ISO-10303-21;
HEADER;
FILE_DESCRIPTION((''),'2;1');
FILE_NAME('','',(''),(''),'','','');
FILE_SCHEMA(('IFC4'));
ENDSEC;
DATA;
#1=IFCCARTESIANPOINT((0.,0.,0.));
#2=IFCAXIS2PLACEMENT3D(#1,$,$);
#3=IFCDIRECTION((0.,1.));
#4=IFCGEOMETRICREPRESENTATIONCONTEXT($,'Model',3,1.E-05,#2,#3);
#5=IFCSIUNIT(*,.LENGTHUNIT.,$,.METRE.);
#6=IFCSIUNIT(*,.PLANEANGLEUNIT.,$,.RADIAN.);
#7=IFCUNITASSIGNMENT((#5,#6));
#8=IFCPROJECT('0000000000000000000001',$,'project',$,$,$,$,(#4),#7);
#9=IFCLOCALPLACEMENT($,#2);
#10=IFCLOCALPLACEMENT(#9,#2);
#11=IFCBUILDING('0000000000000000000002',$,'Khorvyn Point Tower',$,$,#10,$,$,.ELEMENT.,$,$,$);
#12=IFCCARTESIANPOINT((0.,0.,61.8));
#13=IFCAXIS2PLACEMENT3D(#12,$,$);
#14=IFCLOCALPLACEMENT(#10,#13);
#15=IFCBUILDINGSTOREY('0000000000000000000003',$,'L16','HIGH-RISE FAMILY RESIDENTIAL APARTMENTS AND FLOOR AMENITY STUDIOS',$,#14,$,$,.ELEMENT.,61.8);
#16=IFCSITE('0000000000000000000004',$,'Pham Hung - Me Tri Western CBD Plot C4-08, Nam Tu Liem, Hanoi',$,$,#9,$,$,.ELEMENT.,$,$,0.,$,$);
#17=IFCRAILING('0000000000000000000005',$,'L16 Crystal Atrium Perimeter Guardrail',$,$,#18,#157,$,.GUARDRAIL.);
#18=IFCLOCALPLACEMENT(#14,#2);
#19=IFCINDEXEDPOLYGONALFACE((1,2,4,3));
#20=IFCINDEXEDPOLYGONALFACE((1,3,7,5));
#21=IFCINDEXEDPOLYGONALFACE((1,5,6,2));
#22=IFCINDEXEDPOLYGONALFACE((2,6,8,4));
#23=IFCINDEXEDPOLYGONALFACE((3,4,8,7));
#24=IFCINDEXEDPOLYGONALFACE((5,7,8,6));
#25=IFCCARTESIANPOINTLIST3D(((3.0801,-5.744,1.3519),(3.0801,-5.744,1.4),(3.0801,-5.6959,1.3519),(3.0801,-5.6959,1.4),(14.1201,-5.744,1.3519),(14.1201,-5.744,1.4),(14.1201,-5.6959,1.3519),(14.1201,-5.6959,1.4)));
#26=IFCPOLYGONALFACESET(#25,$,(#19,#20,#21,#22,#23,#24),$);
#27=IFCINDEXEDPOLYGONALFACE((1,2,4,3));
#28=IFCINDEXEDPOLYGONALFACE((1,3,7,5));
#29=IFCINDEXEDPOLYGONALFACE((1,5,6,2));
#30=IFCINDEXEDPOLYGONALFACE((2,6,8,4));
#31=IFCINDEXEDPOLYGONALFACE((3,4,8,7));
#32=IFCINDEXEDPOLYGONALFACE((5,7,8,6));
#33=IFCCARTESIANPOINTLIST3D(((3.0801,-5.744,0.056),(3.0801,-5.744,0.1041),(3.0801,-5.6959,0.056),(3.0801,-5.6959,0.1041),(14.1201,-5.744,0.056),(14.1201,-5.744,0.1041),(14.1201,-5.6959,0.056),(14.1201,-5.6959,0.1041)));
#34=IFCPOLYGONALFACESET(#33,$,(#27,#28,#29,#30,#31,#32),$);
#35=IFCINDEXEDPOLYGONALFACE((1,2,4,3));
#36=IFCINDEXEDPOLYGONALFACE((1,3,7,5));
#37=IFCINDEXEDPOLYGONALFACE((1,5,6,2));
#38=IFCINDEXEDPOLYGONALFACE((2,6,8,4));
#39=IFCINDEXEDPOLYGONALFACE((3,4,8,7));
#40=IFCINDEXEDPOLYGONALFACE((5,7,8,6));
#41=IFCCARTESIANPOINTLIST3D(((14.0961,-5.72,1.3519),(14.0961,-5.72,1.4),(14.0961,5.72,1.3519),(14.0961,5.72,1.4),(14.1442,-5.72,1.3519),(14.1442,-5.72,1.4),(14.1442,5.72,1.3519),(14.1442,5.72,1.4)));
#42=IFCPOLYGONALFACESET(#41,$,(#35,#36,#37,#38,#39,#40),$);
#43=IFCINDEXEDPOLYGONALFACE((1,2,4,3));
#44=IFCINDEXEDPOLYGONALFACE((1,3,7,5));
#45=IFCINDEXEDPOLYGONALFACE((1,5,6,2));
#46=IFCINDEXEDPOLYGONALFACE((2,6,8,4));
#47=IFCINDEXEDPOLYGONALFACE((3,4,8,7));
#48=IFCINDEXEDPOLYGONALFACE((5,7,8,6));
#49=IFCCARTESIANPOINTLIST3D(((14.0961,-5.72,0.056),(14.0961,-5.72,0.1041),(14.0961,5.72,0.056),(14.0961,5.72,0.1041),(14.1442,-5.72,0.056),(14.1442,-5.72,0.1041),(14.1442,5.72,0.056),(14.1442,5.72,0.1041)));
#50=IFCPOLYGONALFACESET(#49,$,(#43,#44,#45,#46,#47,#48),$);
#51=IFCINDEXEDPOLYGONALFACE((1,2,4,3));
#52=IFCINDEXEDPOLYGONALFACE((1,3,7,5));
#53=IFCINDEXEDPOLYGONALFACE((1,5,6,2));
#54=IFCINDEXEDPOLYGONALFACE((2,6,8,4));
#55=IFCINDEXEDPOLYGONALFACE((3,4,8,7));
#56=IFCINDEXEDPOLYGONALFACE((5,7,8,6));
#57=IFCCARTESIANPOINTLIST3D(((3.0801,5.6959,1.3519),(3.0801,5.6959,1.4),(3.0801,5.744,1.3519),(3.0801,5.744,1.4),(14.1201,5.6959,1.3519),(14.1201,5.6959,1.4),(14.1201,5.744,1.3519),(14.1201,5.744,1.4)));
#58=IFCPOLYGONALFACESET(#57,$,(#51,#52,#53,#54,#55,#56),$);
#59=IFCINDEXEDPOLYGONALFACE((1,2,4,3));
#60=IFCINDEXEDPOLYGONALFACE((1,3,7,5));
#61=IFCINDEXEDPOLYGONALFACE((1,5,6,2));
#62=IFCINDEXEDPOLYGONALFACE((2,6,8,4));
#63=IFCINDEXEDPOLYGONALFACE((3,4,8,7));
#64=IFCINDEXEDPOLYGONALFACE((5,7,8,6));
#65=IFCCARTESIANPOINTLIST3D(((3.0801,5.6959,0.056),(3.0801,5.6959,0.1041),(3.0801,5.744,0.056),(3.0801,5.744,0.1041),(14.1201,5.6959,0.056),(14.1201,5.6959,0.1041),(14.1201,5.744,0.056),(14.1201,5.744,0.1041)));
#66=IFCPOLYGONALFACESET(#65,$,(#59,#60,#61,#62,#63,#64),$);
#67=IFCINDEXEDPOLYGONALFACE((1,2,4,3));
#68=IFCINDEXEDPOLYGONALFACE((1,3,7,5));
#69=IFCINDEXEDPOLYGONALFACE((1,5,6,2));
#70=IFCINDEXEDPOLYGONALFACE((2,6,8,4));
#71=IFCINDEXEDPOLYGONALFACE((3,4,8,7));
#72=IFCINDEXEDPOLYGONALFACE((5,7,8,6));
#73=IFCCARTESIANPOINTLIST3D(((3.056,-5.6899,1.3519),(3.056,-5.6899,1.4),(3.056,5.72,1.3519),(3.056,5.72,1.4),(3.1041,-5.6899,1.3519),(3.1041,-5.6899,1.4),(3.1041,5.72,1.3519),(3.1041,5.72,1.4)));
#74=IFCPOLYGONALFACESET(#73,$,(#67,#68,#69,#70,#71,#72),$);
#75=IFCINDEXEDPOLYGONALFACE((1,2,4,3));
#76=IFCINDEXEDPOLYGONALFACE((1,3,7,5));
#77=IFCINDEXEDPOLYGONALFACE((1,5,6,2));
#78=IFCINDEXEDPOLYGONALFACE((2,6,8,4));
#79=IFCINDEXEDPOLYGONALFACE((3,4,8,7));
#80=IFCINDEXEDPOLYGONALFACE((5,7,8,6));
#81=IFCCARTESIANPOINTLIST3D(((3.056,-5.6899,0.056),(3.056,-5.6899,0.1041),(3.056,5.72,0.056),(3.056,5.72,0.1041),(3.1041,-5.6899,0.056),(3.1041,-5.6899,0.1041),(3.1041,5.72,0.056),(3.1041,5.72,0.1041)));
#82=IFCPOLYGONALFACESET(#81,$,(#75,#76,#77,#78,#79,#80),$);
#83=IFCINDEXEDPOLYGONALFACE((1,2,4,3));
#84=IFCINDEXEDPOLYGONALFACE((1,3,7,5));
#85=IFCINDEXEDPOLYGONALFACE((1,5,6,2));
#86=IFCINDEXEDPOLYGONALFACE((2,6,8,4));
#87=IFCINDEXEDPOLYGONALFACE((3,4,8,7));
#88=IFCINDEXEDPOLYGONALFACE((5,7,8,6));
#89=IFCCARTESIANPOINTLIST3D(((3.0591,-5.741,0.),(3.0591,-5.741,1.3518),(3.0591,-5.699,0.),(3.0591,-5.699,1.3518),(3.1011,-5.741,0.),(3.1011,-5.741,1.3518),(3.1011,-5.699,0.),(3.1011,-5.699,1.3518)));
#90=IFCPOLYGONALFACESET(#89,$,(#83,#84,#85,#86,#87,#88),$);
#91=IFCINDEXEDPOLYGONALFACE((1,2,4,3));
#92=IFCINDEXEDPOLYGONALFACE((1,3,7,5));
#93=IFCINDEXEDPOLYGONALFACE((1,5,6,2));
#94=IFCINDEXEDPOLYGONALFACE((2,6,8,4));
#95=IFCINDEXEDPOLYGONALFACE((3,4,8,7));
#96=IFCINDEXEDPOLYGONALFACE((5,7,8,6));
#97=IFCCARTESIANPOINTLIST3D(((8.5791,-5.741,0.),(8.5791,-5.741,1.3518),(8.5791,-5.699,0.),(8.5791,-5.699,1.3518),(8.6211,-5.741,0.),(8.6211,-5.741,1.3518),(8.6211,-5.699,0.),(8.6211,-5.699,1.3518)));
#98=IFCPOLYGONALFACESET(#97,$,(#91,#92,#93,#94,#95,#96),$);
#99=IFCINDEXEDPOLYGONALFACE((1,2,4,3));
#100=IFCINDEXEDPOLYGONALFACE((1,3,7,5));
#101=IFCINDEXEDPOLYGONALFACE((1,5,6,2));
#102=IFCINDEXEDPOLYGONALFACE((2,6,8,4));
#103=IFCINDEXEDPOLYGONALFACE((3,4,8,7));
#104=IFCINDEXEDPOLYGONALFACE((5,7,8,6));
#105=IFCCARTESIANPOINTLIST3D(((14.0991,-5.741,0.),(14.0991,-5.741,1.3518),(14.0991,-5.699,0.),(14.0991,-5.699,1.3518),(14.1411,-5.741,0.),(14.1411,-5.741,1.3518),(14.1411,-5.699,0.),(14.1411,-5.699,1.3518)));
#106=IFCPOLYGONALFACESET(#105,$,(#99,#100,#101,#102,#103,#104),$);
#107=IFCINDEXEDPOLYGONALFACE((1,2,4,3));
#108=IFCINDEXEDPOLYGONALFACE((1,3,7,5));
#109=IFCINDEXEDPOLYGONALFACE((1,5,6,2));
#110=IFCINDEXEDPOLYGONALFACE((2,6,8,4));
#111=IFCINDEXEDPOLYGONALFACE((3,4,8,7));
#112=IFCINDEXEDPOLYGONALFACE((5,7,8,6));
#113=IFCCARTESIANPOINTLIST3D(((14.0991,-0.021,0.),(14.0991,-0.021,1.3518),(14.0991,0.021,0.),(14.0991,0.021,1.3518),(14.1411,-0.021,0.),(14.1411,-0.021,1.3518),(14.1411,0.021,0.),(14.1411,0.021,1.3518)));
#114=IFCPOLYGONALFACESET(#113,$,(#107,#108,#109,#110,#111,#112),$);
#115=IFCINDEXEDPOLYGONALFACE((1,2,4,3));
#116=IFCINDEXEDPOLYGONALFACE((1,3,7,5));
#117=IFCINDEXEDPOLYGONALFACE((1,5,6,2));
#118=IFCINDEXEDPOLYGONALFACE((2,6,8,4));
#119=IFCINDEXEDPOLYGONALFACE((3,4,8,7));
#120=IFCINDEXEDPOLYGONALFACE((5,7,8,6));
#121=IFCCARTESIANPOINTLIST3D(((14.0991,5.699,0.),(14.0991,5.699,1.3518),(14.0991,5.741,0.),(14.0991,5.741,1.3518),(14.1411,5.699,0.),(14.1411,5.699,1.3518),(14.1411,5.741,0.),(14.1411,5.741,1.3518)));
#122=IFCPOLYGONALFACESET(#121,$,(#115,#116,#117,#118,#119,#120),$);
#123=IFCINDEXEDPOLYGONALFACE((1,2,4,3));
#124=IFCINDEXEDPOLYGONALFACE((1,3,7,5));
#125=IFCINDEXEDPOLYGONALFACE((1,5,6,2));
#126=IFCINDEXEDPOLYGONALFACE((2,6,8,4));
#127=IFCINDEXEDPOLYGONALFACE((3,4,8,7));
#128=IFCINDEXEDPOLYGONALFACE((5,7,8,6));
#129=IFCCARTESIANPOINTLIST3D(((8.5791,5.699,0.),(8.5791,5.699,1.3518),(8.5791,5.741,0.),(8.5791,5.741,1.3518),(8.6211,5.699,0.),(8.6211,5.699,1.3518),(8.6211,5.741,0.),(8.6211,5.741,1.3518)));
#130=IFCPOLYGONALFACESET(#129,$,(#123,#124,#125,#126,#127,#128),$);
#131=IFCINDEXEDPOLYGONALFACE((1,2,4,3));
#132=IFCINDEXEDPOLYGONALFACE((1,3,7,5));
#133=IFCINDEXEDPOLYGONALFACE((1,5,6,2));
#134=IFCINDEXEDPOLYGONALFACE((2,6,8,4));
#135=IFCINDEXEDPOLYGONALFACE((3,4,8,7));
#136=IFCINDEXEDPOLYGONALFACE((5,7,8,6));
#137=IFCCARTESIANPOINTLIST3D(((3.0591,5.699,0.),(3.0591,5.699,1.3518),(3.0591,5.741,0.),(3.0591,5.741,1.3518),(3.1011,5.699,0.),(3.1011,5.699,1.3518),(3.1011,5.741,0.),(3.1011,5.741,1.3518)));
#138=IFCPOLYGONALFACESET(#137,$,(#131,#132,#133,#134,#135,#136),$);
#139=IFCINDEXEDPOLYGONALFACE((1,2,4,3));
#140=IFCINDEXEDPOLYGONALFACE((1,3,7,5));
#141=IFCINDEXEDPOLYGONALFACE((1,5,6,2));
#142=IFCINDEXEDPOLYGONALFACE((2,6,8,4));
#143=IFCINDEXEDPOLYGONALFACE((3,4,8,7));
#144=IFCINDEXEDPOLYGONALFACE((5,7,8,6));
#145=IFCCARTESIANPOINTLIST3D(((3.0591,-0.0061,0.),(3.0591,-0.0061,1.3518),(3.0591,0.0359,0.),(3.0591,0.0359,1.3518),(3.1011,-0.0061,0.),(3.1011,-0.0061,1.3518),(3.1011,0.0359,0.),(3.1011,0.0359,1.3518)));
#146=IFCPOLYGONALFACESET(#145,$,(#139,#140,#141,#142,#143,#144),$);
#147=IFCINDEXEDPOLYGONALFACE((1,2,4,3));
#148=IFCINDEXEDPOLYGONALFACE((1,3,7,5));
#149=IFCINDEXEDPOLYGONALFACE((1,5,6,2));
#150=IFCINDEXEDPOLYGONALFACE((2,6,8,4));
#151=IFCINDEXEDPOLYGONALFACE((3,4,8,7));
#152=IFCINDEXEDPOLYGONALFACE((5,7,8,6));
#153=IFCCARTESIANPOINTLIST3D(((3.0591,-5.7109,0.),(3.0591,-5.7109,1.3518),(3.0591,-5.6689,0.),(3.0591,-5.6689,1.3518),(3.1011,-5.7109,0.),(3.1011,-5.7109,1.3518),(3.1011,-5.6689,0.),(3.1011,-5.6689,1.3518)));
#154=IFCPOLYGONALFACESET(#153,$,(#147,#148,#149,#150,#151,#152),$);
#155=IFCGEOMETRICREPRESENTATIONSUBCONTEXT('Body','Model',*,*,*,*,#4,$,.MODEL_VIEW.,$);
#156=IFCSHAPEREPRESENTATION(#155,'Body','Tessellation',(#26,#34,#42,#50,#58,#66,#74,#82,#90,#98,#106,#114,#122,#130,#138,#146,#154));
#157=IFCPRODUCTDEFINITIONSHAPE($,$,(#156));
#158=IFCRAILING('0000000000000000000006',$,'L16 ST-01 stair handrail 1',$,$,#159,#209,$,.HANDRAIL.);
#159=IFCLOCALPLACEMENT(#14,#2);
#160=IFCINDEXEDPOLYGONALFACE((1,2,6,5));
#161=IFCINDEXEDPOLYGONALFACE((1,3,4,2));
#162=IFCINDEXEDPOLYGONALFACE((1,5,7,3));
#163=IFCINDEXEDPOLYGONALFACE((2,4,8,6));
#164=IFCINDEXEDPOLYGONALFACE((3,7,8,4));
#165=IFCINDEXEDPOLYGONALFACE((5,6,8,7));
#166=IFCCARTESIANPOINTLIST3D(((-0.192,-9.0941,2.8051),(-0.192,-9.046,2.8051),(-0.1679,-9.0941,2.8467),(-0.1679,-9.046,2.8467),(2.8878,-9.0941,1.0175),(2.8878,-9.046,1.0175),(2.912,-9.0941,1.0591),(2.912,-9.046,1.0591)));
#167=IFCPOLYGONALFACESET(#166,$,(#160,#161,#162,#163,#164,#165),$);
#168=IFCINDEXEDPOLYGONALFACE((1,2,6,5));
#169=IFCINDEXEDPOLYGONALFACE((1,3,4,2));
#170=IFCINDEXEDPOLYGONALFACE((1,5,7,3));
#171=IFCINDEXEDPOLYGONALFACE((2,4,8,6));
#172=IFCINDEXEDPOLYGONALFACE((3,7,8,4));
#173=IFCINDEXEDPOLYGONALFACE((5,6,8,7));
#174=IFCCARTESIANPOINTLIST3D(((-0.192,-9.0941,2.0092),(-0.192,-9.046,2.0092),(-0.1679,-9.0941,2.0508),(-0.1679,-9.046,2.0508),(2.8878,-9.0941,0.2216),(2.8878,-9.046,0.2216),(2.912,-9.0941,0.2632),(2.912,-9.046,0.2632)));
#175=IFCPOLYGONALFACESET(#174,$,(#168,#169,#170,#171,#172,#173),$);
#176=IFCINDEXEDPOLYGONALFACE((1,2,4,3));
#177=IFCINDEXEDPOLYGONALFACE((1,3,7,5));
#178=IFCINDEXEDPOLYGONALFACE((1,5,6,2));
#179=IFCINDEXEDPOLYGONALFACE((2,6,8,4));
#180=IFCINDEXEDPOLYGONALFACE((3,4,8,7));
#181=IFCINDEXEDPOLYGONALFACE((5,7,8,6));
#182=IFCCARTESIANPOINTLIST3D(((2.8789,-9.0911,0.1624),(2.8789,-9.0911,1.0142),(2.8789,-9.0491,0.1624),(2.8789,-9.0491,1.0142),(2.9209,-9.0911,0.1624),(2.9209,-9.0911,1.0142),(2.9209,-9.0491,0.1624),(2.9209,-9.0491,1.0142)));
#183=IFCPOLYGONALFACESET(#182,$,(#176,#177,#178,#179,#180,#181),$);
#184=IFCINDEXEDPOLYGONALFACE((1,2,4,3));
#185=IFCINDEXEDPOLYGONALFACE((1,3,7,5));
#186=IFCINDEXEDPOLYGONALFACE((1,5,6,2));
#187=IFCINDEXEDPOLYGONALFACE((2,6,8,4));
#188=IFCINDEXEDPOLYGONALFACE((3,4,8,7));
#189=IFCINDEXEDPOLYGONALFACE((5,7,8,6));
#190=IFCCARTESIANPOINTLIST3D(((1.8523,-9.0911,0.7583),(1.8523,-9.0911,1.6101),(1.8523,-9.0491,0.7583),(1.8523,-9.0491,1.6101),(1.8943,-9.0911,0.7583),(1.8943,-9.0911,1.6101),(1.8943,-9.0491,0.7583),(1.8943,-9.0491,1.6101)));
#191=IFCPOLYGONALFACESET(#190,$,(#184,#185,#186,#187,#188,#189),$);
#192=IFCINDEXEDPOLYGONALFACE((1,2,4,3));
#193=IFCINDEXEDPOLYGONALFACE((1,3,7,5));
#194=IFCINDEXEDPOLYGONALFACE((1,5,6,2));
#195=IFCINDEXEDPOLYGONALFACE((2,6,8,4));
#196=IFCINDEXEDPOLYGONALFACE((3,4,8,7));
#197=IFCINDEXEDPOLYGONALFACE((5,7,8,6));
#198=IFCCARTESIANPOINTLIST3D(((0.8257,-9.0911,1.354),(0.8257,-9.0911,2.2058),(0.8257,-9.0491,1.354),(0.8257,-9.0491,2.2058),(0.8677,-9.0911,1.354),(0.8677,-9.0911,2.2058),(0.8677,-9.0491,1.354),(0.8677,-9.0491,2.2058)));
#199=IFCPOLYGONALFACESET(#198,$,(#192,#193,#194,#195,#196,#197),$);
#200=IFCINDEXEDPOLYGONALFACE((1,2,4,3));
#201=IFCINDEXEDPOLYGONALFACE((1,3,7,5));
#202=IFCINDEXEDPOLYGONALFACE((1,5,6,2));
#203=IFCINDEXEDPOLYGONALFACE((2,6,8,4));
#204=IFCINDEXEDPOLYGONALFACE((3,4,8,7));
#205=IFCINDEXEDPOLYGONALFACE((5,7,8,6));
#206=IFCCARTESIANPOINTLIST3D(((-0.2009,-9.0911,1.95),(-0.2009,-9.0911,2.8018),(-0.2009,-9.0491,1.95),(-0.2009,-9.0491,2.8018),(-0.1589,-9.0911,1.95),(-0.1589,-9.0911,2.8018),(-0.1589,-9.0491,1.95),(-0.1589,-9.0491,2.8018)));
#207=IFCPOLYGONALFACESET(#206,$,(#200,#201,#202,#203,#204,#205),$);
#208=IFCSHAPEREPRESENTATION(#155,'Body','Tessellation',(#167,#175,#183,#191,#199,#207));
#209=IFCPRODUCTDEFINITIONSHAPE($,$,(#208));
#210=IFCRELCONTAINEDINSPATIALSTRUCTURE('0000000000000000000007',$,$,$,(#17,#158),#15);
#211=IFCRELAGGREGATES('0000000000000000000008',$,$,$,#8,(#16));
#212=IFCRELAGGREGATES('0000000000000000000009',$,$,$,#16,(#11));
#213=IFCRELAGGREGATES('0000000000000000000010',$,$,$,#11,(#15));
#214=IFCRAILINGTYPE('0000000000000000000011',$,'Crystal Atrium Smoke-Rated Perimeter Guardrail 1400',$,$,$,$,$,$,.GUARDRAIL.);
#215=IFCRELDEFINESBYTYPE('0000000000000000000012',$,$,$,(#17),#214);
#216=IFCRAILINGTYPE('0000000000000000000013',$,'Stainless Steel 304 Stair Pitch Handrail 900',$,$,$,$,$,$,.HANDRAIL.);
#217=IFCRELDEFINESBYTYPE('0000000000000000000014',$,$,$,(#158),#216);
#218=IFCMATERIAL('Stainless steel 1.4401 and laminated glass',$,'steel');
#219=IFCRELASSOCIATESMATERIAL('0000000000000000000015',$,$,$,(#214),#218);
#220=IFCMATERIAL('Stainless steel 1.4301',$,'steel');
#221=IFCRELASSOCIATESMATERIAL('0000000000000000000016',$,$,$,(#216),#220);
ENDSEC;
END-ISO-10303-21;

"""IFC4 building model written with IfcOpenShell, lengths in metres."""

from ifc_helpers import new_model, si_unit, direction, frame, origin, origin_2d, place, context, subcontext, project, spatial, rectangle, extrude, material, type_object, element, save


model = new_model("IFC4")

# Units and contexts
model_context = context("Model", 3, precision=1e-05, world=origin(), true_north=direction((0.0, 1.0)))
body_context = subcontext(model_context, "Body", "Model", "MODEL_VIEW")
ifc_project = project(units=[si_unit("LENGTHUNIT", "METRE"), si_unit("PLANEANGLEUNIT", "RADIAN")], contexts=[model_context])

# Site, building, storey
site_placement = place(None, origin())
site = spatial("IfcSite", under=ifc_project, at=site_placement, Name="Pham Hung - Me Tri Western CBD Plot C4-08, Nam Tu Liem, Hanoi", CompositionType="ELEMENT", RefElevation=0.0)
building_placement = place(site_placement, origin())
building = spatial("IfcBuilding", under=site, at=building_placement, Name="Khorvyn Point Tower", CompositionType="ELEMENT")
storey_placement = place(building_placement, frame((0.0, 0.0, 61.8)))
storey = spatial("IfcBuildingStorey", under=building, at=storey_placement, Name="L16", Description="HIGH-RISE FAMILY RESIDENTIAL APARTMENTS AND FLOOR AMENITY STUDIOS", CompositionType="ELEMENT", Elevation=61.8)

# Shared definitions
ifc_material_1 = material(Name="Stainless steel 1.4301", Category="steel")

# Railings
ifc_material_2 = material(Name="Stainless steel 1.4401 and laminated glass", Category="steel")
railing_type_1 = type_object("IfcRailingType", Name="Crystal Atrium Smoke-Rated Perimeter Guardrail 1400", PredefinedType="GUARDRAIL", material=ifc_material_2)
railing_1_placement = place(storey_placement, frame((3.0801, -5.72, 0.0)))
element("IfcRailing", 1, at=railing_1_placement, inside=storey, type_object=railing_type_1, Name="L16 Crystal Atrium Perimeter Guardrail", PredefinedType="GUARDRAIL", context=body_context, shape_type="SweptSolid", body=[
    extrude(rectangle(XDim=0.0481, YDim=0.0481, at=origin_2d()), frame((0.0, 0.0, 1.376), z_axis=(1.0, 0.0, 0.0), x_axis=(0.0, 1.0, 0.0)), (0.0, 0.0, 1.0), 11.04),
    extrude(rectangle(XDim=0.0481, YDim=0.0481, at=origin_2d()), frame((0.0, 0.0, 0.0801), z_axis=(1.0, 0.0, 0.0), x_axis=(0.0, 1.0, 0.0)), (0.0, 0.0, 1.0), 11.04),
    extrude(rectangle(XDim=0.0481, YDim=0.0481, at=origin_2d()), frame((11.04, 0.0, 1.376), z_axis=(0.0, 1.0, 0.0), x_axis=(-1.0, 0.0, 0.0)), (0.0, 0.0, 1.0), 11.4399),
    extrude(rectangle(XDim=0.0481, YDim=0.0481, at=origin_2d()), frame((11.04, 0.0, 0.0801), z_axis=(0.0, 1.0, 0.0), x_axis=(-1.0, 0.0, 0.0)), (0.0, 0.0, 1.0), 11.4399),
    extrude(rectangle(XDim=0.0481, YDim=0.0481, at=origin_2d()), frame((11.04, 11.4399, 1.376), z_axis=(-1.0, 0.0, 0.0), x_axis=(0.0, -1.0, 0.0)), (0.0, 0.0, 1.0), 11.04),
    extrude(rectangle(XDim=0.0481, YDim=0.0481, at=origin_2d()), frame((11.04, 11.4399, 0.0801), z_axis=(-1.0, 0.0, 0.0), x_axis=(0.0, -1.0, 0.0)), (0.0, 0.0, 1.0), 11.04),
    extrude(rectangle(XDim=0.0481, YDim=0.0481, at=origin_2d()), frame((0.0, 11.4399, 1.376), z_axis=(0.0, -1.0, 0.0), x_axis=(1.0, 0.0, 0.0)), (0.0, 0.0, 1.0), 11.4099),
    extrude(rectangle(XDim=0.0481, YDim=0.0481, at=origin_2d()), frame((0.0, 11.4399, 0.0801), z_axis=(0.0, -1.0, 0.0), x_axis=(1.0, 0.0, 0.0)), (0.0, 0.0, 1.0), 11.4099),
    extrude(rectangle(XDim=0.042, YDim=0.042, at=origin_2d()), origin(), (0.0, 0.0, 1.0), 1.3518),
    extrude(rectangle(XDim=0.042, YDim=0.042, at=origin_2d()), frame((5.52, 0.0, 0.0)), (0.0, 0.0, 1.0), 1.3518),
    extrude(rectangle(XDim=0.042, YDim=0.042, at=origin_2d()), frame((11.04, 0.0, 0.0)), (0.0, 0.0, 1.0), 1.3518),
    extrude(rectangle(XDim=0.042, YDim=0.042, at=origin_2d()), frame((11.04, 5.72, 0.0)), (0.0, 0.0, 1.0), 1.3518),
    extrude(rectangle(XDim=0.042, YDim=0.042, at=origin_2d()), frame((11.04, 11.4399, 0.0)), (0.0, 0.0, 1.0), 1.3518),
    extrude(rectangle(XDim=0.042, YDim=0.042, at=origin_2d()), frame((5.52, 11.4399, 0.0)), (0.0, 0.0, 1.0), 1.3518),
    extrude(rectangle(XDim=0.042, YDim=0.042, at=origin_2d()), frame((0.0, 11.4399, 0.0)), (0.0, 0.0, 1.0), 1.3518),
    extrude(rectangle(XDim=0.042, YDim=0.042, at=origin_2d()), frame((0.0, 5.7349, 0.0)), (0.0, 0.0, 1.0), 1.3518),
    extrude(rectangle(XDim=0.042, YDim=0.042, at=origin_2d()), frame((0.0, 0.03, 0.0)), (0.0, 0.0, 1.0), 1.3518),
])
railing_type_2 = type_object("IfcRailingType", Name="Stainless Steel 304 Stair Pitch Handrail 900", PredefinedType="HANDRAIL", material=ifc_material_1)
railing_2_placement = place(storey_placement, frame((2.8999, -9.0701, 0.1624)))
element("IfcRailing", 2, at=railing_2_placement, inside=storey, type_object=railing_type_2, Name="L16 ST-01 stair handrail 1", PredefinedType="HANDRAIL", context=body_context, shape_type="SweptSolid", body=[
    extrude(rectangle(XDim=0.0481, YDim=0.0481, at=origin_2d()), frame((0.0, 0.0, 0.876), z_axis=(-0.864873, 0.0, 0.50199), x_axis=(0.0, -1.0, 0.0)), (0.0, 0.0, 1.0), 3.561),
    extrude(rectangle(XDim=0.0481, YDim=0.0481, at=origin_2d()), frame((0.0, 0.0, 0.0801), z_axis=(-0.864873, 0.0, 0.50199), x_axis=(0.0, -1.0, 0.0)), (0.0, 0.0, 1.0), 3.561),
    extrude(rectangle(XDim=0.042, YDim=0.042, at=origin_2d()), origin(), (0.0, 0.0, 1.0), 0.8518),
    extrude(rectangle(XDim=0.042, YDim=0.042, at=origin_2d()), frame((-1.0266, 0.0, 0.5959)), (0.0, 0.0, 1.0), 0.8518),
    extrude(rectangle(XDim=0.042, YDim=0.042, at=origin_2d()), frame((-2.0532, 0.0, 1.1917)), (0.0, 0.0, 1.0), 0.8518),
    extrude(rectangle(XDim=0.042, YDim=0.042, at=origin_2d()), frame((-3.0798, 0.0, 1.7876)), (0.0, 0.0, 1.0), 0.8518),
])

save(model, "model.ifc")
